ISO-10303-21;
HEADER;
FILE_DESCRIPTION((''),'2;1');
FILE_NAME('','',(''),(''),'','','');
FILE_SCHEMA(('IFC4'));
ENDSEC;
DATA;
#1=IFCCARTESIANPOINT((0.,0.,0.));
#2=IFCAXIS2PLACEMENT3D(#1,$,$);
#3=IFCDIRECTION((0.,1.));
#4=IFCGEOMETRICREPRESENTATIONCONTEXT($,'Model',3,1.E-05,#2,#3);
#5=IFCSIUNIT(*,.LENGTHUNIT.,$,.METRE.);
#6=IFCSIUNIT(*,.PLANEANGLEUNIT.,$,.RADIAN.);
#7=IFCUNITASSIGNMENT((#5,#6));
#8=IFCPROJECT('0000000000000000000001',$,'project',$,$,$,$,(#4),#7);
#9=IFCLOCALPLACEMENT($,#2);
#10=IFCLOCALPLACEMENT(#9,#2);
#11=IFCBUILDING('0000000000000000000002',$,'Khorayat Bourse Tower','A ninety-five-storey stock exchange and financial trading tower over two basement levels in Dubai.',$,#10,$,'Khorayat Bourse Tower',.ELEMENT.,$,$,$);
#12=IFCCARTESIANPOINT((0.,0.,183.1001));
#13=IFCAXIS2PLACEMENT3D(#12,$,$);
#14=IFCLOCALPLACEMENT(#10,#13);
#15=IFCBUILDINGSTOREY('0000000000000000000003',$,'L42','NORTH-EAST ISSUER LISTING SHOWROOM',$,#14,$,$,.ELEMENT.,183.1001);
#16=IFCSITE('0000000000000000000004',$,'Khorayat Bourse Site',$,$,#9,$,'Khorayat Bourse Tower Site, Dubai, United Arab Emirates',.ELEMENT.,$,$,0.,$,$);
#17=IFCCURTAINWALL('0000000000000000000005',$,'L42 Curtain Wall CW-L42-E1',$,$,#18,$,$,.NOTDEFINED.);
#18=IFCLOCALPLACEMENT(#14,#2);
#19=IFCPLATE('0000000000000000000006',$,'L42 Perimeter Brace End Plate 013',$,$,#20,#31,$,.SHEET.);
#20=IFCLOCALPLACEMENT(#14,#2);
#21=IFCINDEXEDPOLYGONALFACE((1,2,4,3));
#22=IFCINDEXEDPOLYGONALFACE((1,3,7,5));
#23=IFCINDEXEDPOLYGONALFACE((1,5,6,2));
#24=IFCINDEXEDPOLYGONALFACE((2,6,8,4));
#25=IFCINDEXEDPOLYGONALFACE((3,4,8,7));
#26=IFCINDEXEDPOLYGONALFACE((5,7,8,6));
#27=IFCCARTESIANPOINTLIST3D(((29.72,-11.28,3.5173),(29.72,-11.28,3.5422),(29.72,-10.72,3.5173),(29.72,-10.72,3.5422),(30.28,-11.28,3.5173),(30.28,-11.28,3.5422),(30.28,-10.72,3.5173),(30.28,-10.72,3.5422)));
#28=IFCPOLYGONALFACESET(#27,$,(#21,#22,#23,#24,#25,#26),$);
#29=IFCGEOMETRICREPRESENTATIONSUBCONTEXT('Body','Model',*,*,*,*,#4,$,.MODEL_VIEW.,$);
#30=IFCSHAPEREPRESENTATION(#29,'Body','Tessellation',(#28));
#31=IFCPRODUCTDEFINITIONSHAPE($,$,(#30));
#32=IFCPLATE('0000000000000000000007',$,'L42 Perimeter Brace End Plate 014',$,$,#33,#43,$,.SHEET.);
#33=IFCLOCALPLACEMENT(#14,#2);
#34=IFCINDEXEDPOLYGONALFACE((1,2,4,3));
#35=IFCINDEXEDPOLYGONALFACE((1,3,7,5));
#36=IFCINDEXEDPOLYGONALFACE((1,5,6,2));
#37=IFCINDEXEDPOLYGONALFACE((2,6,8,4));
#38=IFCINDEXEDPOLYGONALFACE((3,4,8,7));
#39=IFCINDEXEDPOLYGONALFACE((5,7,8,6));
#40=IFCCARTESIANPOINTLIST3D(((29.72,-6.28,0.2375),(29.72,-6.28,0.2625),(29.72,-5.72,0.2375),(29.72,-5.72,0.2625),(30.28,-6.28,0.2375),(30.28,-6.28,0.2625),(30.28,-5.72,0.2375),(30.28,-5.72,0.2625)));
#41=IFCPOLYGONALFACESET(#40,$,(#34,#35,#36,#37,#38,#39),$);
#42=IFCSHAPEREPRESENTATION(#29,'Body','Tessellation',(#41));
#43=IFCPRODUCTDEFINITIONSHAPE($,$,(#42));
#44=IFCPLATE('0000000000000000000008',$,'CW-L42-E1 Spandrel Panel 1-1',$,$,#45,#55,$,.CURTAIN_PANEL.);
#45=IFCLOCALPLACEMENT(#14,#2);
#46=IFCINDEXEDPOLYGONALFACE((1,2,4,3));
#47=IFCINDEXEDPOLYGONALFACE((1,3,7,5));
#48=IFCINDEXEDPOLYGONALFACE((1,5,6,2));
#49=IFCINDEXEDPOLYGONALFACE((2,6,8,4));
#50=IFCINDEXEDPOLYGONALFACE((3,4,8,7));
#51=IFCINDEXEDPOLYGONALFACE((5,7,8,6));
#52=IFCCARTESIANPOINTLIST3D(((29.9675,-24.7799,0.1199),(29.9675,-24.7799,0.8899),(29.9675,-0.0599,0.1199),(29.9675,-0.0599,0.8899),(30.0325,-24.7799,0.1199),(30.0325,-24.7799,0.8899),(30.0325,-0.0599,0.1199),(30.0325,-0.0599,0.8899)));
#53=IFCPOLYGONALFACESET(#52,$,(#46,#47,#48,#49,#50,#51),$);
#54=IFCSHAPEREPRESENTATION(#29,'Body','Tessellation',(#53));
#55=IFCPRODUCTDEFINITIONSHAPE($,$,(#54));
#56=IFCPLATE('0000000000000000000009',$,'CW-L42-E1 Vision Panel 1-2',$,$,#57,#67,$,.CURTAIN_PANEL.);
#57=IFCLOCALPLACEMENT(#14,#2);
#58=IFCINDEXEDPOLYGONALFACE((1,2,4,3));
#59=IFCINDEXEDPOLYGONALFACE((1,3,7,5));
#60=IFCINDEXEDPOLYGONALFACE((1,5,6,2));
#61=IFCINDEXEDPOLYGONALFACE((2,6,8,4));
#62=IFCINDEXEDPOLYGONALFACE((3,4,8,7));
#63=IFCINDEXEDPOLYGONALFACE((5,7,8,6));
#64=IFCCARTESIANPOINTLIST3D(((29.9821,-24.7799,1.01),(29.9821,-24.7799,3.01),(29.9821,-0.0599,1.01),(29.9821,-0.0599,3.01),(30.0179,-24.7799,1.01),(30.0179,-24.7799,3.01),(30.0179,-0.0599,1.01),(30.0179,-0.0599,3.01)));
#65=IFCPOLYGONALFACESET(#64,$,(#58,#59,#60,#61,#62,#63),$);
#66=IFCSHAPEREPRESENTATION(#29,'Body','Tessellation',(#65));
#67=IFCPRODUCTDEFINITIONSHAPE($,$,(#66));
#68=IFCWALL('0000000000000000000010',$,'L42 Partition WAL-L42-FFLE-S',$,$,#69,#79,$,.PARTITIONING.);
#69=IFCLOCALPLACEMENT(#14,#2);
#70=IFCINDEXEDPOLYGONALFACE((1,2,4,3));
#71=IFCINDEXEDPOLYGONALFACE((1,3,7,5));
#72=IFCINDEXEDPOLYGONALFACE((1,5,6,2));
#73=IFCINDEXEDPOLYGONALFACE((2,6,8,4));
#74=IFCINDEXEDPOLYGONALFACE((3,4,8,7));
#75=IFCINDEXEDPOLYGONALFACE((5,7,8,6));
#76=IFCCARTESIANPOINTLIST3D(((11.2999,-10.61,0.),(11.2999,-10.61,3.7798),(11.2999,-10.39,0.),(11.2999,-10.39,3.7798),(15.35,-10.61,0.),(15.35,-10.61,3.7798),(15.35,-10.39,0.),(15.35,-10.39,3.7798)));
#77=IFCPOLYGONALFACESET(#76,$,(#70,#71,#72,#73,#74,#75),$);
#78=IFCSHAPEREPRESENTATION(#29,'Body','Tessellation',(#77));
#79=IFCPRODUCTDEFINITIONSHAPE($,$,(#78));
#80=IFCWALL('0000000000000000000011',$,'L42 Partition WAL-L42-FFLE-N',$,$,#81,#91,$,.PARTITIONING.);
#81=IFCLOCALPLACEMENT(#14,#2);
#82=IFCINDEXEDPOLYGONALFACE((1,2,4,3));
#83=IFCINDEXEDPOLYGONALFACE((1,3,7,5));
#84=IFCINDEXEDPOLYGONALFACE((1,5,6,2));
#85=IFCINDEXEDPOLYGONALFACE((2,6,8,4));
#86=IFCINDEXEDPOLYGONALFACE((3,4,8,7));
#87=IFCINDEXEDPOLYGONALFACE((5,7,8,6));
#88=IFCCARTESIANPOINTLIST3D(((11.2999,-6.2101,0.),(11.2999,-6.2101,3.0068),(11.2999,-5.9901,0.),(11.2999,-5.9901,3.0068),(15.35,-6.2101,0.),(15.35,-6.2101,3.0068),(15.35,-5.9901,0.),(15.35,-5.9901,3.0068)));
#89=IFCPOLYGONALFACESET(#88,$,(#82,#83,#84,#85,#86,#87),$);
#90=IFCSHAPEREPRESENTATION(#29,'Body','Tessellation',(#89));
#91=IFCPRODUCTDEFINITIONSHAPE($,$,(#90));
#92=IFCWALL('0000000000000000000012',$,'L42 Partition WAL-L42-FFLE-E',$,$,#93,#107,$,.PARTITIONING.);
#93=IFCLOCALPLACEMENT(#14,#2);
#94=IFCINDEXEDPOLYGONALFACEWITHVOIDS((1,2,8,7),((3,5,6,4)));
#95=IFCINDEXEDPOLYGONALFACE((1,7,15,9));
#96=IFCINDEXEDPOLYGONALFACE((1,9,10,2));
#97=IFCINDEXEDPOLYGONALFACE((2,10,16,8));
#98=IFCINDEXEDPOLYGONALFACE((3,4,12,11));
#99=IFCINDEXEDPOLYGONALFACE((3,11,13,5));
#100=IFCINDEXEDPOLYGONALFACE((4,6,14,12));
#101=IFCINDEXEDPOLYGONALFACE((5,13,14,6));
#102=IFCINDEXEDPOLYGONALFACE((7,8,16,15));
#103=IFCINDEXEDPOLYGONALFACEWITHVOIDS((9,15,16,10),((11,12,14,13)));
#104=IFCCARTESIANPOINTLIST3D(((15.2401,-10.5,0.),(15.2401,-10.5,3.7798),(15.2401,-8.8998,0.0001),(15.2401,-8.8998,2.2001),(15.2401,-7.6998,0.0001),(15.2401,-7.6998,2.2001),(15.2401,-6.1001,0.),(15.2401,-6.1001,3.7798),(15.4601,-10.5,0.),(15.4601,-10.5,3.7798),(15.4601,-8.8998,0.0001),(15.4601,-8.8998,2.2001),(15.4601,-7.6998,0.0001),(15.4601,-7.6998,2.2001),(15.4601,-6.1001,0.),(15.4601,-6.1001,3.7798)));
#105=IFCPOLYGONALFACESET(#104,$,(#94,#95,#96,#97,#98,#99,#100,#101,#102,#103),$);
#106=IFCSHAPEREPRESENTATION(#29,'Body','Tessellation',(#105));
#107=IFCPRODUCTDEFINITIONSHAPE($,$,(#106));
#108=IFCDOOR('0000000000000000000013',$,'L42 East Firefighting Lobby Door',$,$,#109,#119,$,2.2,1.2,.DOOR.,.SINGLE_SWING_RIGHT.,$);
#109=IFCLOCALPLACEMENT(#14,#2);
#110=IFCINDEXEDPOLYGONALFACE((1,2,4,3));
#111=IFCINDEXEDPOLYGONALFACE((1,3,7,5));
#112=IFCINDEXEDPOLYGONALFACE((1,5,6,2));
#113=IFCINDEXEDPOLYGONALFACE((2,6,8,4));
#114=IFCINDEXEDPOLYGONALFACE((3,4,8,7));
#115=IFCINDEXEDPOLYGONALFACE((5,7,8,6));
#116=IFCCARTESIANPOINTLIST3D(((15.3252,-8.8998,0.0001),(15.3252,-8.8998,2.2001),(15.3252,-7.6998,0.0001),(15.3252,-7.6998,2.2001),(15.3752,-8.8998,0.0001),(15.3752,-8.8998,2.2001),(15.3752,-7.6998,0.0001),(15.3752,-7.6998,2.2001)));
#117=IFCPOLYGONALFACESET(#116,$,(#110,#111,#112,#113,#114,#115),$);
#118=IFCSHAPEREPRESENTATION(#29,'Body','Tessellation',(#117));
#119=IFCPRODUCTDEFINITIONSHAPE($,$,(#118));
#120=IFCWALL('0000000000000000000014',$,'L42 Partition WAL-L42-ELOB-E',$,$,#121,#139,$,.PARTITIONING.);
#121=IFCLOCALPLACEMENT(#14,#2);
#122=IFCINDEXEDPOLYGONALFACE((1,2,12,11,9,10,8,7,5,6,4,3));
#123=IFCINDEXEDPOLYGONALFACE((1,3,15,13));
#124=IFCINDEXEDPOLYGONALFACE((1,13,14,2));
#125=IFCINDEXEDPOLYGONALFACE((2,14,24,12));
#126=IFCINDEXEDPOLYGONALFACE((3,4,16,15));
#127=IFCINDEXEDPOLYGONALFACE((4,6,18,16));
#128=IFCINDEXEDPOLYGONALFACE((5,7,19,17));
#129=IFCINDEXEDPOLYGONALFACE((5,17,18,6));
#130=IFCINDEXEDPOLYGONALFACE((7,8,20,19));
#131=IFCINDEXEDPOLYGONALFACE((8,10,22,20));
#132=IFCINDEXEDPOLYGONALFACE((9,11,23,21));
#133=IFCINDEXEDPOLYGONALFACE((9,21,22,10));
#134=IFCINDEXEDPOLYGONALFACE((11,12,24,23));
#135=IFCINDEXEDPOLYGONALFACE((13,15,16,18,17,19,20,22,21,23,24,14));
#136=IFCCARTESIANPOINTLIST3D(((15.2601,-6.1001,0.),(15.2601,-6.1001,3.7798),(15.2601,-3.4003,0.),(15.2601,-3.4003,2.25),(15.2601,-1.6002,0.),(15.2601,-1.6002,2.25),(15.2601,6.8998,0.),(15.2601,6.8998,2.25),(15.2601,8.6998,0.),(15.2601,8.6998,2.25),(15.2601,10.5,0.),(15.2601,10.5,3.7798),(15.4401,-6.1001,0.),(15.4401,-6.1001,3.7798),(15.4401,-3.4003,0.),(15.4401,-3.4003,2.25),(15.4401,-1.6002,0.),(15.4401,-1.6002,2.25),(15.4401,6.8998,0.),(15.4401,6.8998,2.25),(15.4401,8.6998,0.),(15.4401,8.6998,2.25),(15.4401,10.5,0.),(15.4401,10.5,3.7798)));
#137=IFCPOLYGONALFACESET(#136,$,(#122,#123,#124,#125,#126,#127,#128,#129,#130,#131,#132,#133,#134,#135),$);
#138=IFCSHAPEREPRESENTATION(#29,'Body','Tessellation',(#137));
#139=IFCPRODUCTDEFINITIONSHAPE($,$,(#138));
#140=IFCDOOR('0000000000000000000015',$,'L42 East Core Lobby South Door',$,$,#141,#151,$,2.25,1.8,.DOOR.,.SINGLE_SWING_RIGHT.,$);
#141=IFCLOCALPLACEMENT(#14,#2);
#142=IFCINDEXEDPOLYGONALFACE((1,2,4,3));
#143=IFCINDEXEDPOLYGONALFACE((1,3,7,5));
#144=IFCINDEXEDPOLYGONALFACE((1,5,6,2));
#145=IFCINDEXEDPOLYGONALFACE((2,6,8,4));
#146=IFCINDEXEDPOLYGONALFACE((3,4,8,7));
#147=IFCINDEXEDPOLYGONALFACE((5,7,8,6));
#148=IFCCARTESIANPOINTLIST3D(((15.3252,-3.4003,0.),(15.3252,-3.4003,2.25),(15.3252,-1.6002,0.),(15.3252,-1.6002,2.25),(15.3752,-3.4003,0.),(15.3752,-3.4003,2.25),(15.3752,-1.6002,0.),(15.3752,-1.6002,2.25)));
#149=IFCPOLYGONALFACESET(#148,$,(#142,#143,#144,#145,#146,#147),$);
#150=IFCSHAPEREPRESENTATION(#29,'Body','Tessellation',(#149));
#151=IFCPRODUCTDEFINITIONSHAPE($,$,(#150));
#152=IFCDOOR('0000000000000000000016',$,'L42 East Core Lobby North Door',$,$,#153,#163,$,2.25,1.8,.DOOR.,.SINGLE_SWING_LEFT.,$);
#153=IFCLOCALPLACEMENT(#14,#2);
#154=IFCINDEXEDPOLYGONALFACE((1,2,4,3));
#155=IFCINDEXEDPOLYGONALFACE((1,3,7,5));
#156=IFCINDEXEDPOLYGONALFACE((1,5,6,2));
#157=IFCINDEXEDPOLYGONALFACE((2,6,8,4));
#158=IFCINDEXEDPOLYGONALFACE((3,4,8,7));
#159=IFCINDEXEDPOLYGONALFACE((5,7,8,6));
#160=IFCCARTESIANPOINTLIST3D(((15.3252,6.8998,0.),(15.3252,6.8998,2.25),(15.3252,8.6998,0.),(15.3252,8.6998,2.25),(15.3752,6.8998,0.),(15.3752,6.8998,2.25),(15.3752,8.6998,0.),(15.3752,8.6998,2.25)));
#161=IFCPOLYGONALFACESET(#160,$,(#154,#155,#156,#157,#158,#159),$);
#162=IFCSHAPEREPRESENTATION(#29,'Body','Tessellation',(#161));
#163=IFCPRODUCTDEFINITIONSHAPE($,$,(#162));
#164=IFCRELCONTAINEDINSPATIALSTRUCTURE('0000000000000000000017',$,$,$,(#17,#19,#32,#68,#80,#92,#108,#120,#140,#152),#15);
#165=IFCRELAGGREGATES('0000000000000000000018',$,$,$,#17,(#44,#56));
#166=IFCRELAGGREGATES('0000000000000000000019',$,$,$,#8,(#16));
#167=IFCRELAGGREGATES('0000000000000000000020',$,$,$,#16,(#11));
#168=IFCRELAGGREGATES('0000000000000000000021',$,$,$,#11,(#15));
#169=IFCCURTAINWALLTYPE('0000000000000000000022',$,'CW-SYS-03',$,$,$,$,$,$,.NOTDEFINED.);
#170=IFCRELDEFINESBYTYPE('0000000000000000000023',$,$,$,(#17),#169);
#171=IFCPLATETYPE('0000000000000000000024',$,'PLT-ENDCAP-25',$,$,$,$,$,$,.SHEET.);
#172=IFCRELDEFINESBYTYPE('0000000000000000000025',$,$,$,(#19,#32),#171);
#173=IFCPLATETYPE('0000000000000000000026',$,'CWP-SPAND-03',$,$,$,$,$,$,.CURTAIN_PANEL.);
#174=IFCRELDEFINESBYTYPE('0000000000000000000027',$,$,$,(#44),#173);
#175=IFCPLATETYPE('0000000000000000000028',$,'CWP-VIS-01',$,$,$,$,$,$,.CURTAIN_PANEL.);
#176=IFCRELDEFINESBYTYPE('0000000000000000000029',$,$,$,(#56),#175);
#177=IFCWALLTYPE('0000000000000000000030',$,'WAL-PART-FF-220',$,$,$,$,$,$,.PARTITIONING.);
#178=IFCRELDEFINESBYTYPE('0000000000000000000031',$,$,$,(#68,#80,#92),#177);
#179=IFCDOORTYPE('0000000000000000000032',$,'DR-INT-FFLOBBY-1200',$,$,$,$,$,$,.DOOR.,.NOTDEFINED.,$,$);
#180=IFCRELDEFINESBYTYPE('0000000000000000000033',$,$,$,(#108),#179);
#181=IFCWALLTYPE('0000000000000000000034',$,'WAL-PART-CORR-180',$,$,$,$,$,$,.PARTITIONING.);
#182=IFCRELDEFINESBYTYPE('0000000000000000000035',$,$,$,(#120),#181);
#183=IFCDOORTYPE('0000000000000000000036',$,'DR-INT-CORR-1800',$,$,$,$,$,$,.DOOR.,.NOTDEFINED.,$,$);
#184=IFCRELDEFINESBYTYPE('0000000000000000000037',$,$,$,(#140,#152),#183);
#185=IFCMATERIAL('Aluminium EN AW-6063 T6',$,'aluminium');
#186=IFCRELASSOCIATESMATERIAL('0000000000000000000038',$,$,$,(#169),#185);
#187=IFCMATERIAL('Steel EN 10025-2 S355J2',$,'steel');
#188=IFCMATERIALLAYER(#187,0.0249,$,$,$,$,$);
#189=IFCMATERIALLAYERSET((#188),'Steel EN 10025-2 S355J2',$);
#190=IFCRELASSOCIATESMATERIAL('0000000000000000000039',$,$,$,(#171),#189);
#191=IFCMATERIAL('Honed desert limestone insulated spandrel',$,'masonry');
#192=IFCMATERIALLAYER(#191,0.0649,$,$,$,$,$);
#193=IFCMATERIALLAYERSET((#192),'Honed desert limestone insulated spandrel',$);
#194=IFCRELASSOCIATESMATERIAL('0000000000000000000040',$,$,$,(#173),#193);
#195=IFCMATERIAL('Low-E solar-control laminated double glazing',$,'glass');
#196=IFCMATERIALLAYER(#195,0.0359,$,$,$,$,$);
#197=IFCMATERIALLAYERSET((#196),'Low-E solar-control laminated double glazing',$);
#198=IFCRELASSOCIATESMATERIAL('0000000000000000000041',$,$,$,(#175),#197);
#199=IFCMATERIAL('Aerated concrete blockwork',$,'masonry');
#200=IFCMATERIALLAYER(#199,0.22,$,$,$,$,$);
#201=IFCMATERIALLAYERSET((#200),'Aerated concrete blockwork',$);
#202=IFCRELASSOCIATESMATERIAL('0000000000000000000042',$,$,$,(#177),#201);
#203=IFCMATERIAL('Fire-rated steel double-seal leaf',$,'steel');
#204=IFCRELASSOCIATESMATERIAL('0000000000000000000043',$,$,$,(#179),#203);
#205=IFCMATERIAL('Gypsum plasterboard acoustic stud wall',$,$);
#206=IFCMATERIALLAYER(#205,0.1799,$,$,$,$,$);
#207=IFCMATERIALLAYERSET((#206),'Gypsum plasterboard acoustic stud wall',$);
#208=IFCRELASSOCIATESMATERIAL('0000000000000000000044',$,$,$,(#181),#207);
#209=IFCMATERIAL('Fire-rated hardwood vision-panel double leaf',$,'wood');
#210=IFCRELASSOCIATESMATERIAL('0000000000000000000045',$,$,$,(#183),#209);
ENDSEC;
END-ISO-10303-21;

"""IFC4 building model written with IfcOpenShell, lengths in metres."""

from ifc_helpers import new_model, si_unit, direction, frame, frame_2d, origin, origin_2d, place, context, subcontext, project, spatial, rectangle, extrude, source, transform, mapped, material, layer, layer_set, type_object, element, fill, aggregate, save


model = new_model("IFC4")

# Units and contexts
model_context = context("Model", 3, precision=1e-05, world=origin(), true_north=direction((0.0, 1.0)))
body_context = subcontext(model_context, "Body", "Model", "MODEL_VIEW")
ifc_project = project(units=[si_unit("LENGTHUNIT", "METRE"), si_unit("PLANEANGLEUNIT", "RADIAN")], contexts=[model_context])

# Site, building, storey
site_placement = place(None, origin())
site = spatial("IfcSite", under=ifc_project, at=site_placement, Name="Khorayat Bourse Site", LongName="Khorayat Bourse Tower Site, Dubai, United Arab Emirates", CompositionType="ELEMENT", RefElevation=0.0)
building_placement = place(site_placement, origin())
building = spatial("IfcBuilding", under=site, at=building_placement, Name="Khorayat Bourse Tower", Description="A ninety-five-storey stock exchange and financial trading tower over two basement levels in Dubai.", LongName="Khorayat Bourse Tower", CompositionType="ELEMENT")
storey_placement = place(building_placement, frame((0.0, 0.0, 183.1001)))
storey = spatial("IfcBuildingStorey", under=building, at=storey_placement, Name="L42", Description="NORTH-EAST ISSUER LISTING SHOWROOM", CompositionType="ELEMENT", Elevation=183.1001)

# Curtain wall
ifc_material_1 = material(Name="Aluminium EN AW-6063 T6", Category="aluminium")
curtain_wall_type = type_object("IfcCurtainWallType", Name="CW-SYS-03", PredefinedType="NOTDEFINED", material=ifc_material_1)
curtain_wall_placement = place(storey_placement, origin())
curtain_wall = element("IfcCurtainWall", 1, at=curtain_wall_placement, inside=storey, type_object=curtain_wall_type, Name="L42 Curtain Wall CW-L42-E1", PredefinedType="NOTDEFINED")

# Plates
ifc_material_2 = material(Name="Steel EN 10025-2 S355J2", Category="steel")
ifc_layer_1 = layer(ifc_material_2, 0.0249)
ifc_layer_set_1 = layer_set([ifc_layer_1], Name="Steel EN 10025-2 S355J2")
plate_type_1 = type_object("IfcPlateType", Name="PLT-ENDCAP-25", PredefinedType="SHEET", material=ifc_layer_set_1)
shared_shape_1 = source(origin(), body_context, "Body", "SweptSolid", [
    extrude(rectangle(XDim=0.5601, YDim=0.5601, at=origin_2d()), origin(), (0.0, 0.0, 1.0), 0.0249),
])
for number, where, z_axis, x_axis, name in (
    (2, (30.0, -11.0, 3.5173), (0.0, 0.0, 1.0), (1.0, 0.0, 0.0), "L42 Perimeter Brace End Plate 013"),
    (3, (30.0, -6.0, 0.2375), (0.0, 0.0, 1.0), (1.0, 0.0, 0.0), "L42 Perimeter Brace End Plate 014"),
):
    element("IfcPlate", number, at=place(storey_placement, frame(where, z_axis=z_axis, x_axis=x_axis)), inside=storey, type_object=plate_type_1, Name=name, PredefinedType="SHEET", context=body_context, shape_type="MappedRepresentation", body=[
        mapped(shared_shape_1, transform((0.0, 0.0, 0.0), scale=1.0)),
    ])

# Plates
ifc_material_3 = material(Name="Honed desert limestone insulated spandrel", Category="masonry")
ifc_layer_2 = layer(ifc_material_3, 0.0649)
ifc_layer_set_2 = layer_set([ifc_layer_2], Name="Honed desert limestone insulated spandrel")
plate_type_2 = type_object("IfcPlateType", Name="CWP-SPAND-03", PredefinedType="CURTAIN_PANEL", material=ifc_layer_set_2)
shared_shape_2 = source(origin(), body_context, "Body", "SweptSolid", [
    extrude(rectangle(XDim=24.72, YDim=0.0649, at=origin_2d()), origin(), (0.0, 0.0, 1.0), 0.77),
])
plate_1_placement = place(storey_placement, frame((30.0, -12.4199, 0.1199), z_axis=(0.0, 0.0, 1.0), x_axis=(0.0, 1.0, 0.0)))
plate_1 = element("IfcPlate", 4, at=plate_1_placement, type_object=plate_type_2, Name="CW-L42-E1 Spandrel Panel 1-1", PredefinedType="CURTAIN_PANEL", context=body_context, shape_type="MappedRepresentation", body=[
    mapped(shared_shape_2, transform((0.0, 0.0, 0.0), scale=1.0)),
])
ifc_material_4 = material(Name="Low-E solar-control laminated double glazing", Category="glass")
ifc_layer_3 = layer(ifc_material_4, 0.0359)
ifc_layer_set_3 = layer_set([ifc_layer_3], Name="Low-E solar-control laminated double glazing")
plate_type_3 = type_object("IfcPlateType", Name="CWP-VIS-01", PredefinedType="CURTAIN_PANEL", material=ifc_layer_set_3)
shared_shape_3 = source(origin(), body_context, "Body", "SweptSolid", [
    extrude(rectangle(XDim=24.72, YDim=0.0359, at=origin_2d()), origin(), (0.0, 0.0, 1.0), 2.0),
])
plate_2_placement = place(storey_placement, frame((30.0, -12.4199, 1.01), z_axis=(0.0, 0.0, 1.0), x_axis=(0.0, 1.0, 0.0)))
plate_2 = element("IfcPlate", 5, at=plate_2_placement, type_object=plate_type_3, Name="CW-L42-E1 Vision Panel 1-2", PredefinedType="CURTAIN_PANEL", context=body_context, shape_type="MappedRepresentation", body=[
    mapped(shared_shape_3, transform((0.0, 0.0, 0.0), scale=1.0)),
])
aggregate(curtain_wall, [plate_1, plate_2])

# Walls
ifc_material_5 = material(Name="Aerated concrete blockwork", Category="masonry")
ifc_layer_4 = layer(ifc_material_5, 0.22)
ifc_layer_set_4 = layer_set([ifc_layer_4], Name="Aerated concrete blockwork")
wall_type_1 = type_object("IfcWallType", Name="WAL-PART-FF-220", PredefinedType="PARTITIONING", material=ifc_layer_set_4)
shared_shape_4 = source(origin(), body_context, "Body", "SweptSolid", [
    extrude(rectangle(XDim=4.05, YDim=0.22, at=frame_2d((2.0249, 0.0))), origin(), (0.0, 0.0, 1.0), 3.7798),
])
wall_1_placement = place(storey_placement, frame((11.3, -10.5, 0.0), z_axis=(0.0, 0.0, 1.0), x_axis=(1.0, 0.0, 0.0)))
element("IfcWall", 6, at=wall_1_placement, inside=storey, type_object=wall_type_1, Name="L42 Partition WAL-L42-FFLE-S", PredefinedType="PARTITIONING", context=body_context, shape_type="MappedRepresentation", body=[
    mapped(shared_shape_4, transform((0.0, 0.0, 0.0), scale=1.0)),
])
shared_shape_5 = source(origin(), body_context, "Body", "SweptSolid", [
    extrude(rectangle(XDim=4.05, YDim=0.22, at=frame_2d((2.0249, 0.0))), origin(), (0.0, 0.0, 1.0), 3.0068),
])
wall_2_placement = place(storey_placement, frame((11.3, -6.1001, 0.0), z_axis=(0.0, 0.0, 1.0), x_axis=(1.0, 0.0, 0.0)))
element("IfcWall", 7, at=wall_2_placement, inside=storey, type_object=wall_type_1, Name="L42 Partition WAL-L42-FFLE-N", PredefinedType="PARTITIONING", context=body_context, shape_type="MappedRepresentation", body=[
    mapped(shared_shape_5, transform((0.0, 0.0, 0.0), scale=1.0)),
])

# Wall, opening, door
shared_shape_6 = source(origin(), body_context, "Body", "SweptSolid", [
    extrude(rectangle(XDim=4.3999, YDim=0.22, at=frame_2d((2.2, 0.0))), origin(), (0.0, 0.0, 1.0), 3.7798),
])
wall_3_placement = place(storey_placement, frame((15.3501, -10.5, 0.0), z_axis=(0.0, 0.0, 1.0), x_axis=(0.0, 1.0, 0.0)))
wall_3 = element("IfcWall", 8, at=wall_3_placement, inside=storey, type_object=wall_type_1, Name="L42 Partition WAL-L42-FFLE-E", PredefinedType="PARTITIONING", context=body_context, shape_type="MappedRepresentation", body=[
    mapped(shared_shape_6, transform((0.0, 0.0, 0.0), scale=1.0)),
])
shared_shape_7 = source(origin(), body_context, "Body", "SweptSolid", [
    extrude(rectangle(XDim=1.2, YDim=2.2, at=frame_2d((0.6001, 1.1001))), frame((0.0, 0.1199, 0.0), z_axis=(0.0, -1.0, 0.0), x_axis=(1.0, 0.0, 0.0)), (0.0, 0.0, 1.0), 0.24),
])
opening_1_placement = place(wall_3_placement, frame((1.6001, 0.0, 0.0)))
opening_1 = element("IfcOpeningElement", 9, at=opening_1_placement, cuts=wall_3, PredefinedType="OPENING", context=body_context, shape_type="MappedRepresentation", body=[
    mapped(shared_shape_7, transform((0.0, 0.0, 0.0), scale=1.0)),
])
ifc_material_6 = material(Name="Fire-rated steel double-seal leaf", Category="steel")
door_type_1 = type_object("IfcDoorType", Name="DR-INT-FFLOBBY-1200", OperationType="NOTDEFINED", PredefinedType="DOOR", material=ifc_material_6)
shared_shape_8 = source(origin(), body_context, "Body", "SweptSolid", [
    extrude(rectangle(XDim=1.2, YDim=2.2, at=frame_2d((0.6001, 1.1001))), frame((0.0, 0.0249, 0.0), z_axis=(0.0, -1.0, 0.0), x_axis=(1.0, 0.0, 0.0)), (0.0, 0.0, 1.0), 0.05),
])
door_1_placement = place(opening_1_placement, origin())
door_1 = element("IfcDoor", 10, at=door_1_placement, inside=storey, type_object=door_type_1, Name="L42 East Firefighting Lobby Door", OperationType="SINGLE_SWING_RIGHT", OverallHeight=2.2, OverallWidth=1.2, PredefinedType="DOOR", context=body_context, shape_type="MappedRepresentation", body=[
    mapped(shared_shape_8, transform((0.0, 0.0, 0.0), scale=1.0)),
])
fill(opening_1, door_1)

# Wall, openings, doors
ifc_material_7 = material(Name="Gypsum plasterboard acoustic stud wall")
ifc_layer_5 = layer(ifc_material_7, 0.1799)
ifc_layer_set_5 = layer_set([ifc_layer_5], Name="Gypsum plasterboard acoustic stud wall")
wall_type_2 = type_object("IfcWallType", Name="WAL-PART-CORR-180", PredefinedType="PARTITIONING", material=ifc_layer_set_5)
shared_shape_9 = source(origin(), body_context, "Body", "SweptSolid", [
    extrude(rectangle(XDim=16.6001, YDim=0.1799, at=frame_2d((8.3, 0.0))), origin(), (0.0, 0.0, 1.0), 3.7798),
])
wall_4_placement = place(storey_placement, frame((15.3501, -6.1001, 0.0), z_axis=(0.0, 0.0, 1.0), x_axis=(0.0, 1.0, 0.0)))
wall_4 = element("IfcWall", 11, at=wall_4_placement, inside=storey, type_object=wall_type_2, Name="L42 Partition WAL-L42-ELOB-E", PredefinedType="PARTITIONING", context=body_context, shape_type="MappedRepresentation", body=[
    mapped(shared_shape_9, transform((0.0, 0.0, 0.0), scale=1.0)),
])
shared_shape_10 = source(origin(), body_context, "Body", "SweptSolid", [
    extrude(rectangle(XDim=1.8, YDim=2.25, at=frame_2d((0.8999, 1.125))), frame((0.0, 0.0999, 0.0), z_axis=(0.0, -1.0, 0.0), x_axis=(1.0, 0.0, 0.0)), (0.0, 0.0, 1.0), 0.2),
])
opening_2_placement = place(wall_4_placement, frame((2.7, 0.0, 0.0)))
opening_2 = element("IfcOpeningElement", 12, at=opening_2_placement, cuts=wall_4, PredefinedType="OPENING", context=body_context, shape_type="MappedRepresentation", body=[
    mapped(shared_shape_10, transform((0.0, 0.0, 0.0), scale=1.0)),
])
opening_3_placement = place(wall_4_placement, frame((13.0, 0.0, 0.0)))
opening_3 = element("IfcOpeningElement", 13, at=opening_3_placement, cuts=wall_4, PredefinedType="OPENING", context=body_context, shape_type="MappedRepresentation", body=[
    mapped(shared_shape_10, transform((0.0, 0.0, 0.0), scale=1.0)),
])
ifc_material_8 = material(Name="Fire-rated hardwood vision-panel double leaf", Category="wood")
door_type_2 = type_object("IfcDoorType", Name="DR-INT-CORR-1800", OperationType="NOTDEFINED", PredefinedType="DOOR", material=ifc_material_8)
shared_shape_11 = source(origin(), body_context, "Body", "SweptSolid", [
    extrude(rectangle(XDim=1.8, YDim=2.25, at=frame_2d((0.8999, 1.125))), frame((0.0, 0.0249, 0.0), z_axis=(0.0, -1.0, 0.0), x_axis=(1.0, 0.0, 0.0)), (0.0, 0.0, 1.0), 0.05),
])
door_2_placement = place(opening_2_placement, origin())
door_2 = element("IfcDoor", 14, at=door_2_placement, inside=storey, type_object=door_type_2, Name="L42 East Core Lobby South Door", OperationType="SINGLE_SWING_RIGHT", OverallHeight=2.25, OverallWidth=1.8, PredefinedType="DOOR", context=body_context, shape_type="MappedRepresentation", body=[
    mapped(shared_shape_11, transform((0.0, 0.0, 0.0), scale=1.0)),
])
fill(opening_2, door_2)
door_3_placement = place(opening_3_placement, origin())
door_3 = element("IfcDoor", 15, at=door_3_placement, inside=storey, type_object=door_type_2, Name="L42 East Core Lobby North Door", OperationType="SINGLE_SWING_LEFT", OverallHeight=2.25, OverallWidth=1.8, PredefinedType="DOOR", context=body_context, shape_type="MappedRepresentation", body=[
    mapped(shared_shape_11, transform((0.0, 0.0, 0.0), scale=1.0)),
])
fill(opening_3, door_3)

save(model, "model.ifc")
